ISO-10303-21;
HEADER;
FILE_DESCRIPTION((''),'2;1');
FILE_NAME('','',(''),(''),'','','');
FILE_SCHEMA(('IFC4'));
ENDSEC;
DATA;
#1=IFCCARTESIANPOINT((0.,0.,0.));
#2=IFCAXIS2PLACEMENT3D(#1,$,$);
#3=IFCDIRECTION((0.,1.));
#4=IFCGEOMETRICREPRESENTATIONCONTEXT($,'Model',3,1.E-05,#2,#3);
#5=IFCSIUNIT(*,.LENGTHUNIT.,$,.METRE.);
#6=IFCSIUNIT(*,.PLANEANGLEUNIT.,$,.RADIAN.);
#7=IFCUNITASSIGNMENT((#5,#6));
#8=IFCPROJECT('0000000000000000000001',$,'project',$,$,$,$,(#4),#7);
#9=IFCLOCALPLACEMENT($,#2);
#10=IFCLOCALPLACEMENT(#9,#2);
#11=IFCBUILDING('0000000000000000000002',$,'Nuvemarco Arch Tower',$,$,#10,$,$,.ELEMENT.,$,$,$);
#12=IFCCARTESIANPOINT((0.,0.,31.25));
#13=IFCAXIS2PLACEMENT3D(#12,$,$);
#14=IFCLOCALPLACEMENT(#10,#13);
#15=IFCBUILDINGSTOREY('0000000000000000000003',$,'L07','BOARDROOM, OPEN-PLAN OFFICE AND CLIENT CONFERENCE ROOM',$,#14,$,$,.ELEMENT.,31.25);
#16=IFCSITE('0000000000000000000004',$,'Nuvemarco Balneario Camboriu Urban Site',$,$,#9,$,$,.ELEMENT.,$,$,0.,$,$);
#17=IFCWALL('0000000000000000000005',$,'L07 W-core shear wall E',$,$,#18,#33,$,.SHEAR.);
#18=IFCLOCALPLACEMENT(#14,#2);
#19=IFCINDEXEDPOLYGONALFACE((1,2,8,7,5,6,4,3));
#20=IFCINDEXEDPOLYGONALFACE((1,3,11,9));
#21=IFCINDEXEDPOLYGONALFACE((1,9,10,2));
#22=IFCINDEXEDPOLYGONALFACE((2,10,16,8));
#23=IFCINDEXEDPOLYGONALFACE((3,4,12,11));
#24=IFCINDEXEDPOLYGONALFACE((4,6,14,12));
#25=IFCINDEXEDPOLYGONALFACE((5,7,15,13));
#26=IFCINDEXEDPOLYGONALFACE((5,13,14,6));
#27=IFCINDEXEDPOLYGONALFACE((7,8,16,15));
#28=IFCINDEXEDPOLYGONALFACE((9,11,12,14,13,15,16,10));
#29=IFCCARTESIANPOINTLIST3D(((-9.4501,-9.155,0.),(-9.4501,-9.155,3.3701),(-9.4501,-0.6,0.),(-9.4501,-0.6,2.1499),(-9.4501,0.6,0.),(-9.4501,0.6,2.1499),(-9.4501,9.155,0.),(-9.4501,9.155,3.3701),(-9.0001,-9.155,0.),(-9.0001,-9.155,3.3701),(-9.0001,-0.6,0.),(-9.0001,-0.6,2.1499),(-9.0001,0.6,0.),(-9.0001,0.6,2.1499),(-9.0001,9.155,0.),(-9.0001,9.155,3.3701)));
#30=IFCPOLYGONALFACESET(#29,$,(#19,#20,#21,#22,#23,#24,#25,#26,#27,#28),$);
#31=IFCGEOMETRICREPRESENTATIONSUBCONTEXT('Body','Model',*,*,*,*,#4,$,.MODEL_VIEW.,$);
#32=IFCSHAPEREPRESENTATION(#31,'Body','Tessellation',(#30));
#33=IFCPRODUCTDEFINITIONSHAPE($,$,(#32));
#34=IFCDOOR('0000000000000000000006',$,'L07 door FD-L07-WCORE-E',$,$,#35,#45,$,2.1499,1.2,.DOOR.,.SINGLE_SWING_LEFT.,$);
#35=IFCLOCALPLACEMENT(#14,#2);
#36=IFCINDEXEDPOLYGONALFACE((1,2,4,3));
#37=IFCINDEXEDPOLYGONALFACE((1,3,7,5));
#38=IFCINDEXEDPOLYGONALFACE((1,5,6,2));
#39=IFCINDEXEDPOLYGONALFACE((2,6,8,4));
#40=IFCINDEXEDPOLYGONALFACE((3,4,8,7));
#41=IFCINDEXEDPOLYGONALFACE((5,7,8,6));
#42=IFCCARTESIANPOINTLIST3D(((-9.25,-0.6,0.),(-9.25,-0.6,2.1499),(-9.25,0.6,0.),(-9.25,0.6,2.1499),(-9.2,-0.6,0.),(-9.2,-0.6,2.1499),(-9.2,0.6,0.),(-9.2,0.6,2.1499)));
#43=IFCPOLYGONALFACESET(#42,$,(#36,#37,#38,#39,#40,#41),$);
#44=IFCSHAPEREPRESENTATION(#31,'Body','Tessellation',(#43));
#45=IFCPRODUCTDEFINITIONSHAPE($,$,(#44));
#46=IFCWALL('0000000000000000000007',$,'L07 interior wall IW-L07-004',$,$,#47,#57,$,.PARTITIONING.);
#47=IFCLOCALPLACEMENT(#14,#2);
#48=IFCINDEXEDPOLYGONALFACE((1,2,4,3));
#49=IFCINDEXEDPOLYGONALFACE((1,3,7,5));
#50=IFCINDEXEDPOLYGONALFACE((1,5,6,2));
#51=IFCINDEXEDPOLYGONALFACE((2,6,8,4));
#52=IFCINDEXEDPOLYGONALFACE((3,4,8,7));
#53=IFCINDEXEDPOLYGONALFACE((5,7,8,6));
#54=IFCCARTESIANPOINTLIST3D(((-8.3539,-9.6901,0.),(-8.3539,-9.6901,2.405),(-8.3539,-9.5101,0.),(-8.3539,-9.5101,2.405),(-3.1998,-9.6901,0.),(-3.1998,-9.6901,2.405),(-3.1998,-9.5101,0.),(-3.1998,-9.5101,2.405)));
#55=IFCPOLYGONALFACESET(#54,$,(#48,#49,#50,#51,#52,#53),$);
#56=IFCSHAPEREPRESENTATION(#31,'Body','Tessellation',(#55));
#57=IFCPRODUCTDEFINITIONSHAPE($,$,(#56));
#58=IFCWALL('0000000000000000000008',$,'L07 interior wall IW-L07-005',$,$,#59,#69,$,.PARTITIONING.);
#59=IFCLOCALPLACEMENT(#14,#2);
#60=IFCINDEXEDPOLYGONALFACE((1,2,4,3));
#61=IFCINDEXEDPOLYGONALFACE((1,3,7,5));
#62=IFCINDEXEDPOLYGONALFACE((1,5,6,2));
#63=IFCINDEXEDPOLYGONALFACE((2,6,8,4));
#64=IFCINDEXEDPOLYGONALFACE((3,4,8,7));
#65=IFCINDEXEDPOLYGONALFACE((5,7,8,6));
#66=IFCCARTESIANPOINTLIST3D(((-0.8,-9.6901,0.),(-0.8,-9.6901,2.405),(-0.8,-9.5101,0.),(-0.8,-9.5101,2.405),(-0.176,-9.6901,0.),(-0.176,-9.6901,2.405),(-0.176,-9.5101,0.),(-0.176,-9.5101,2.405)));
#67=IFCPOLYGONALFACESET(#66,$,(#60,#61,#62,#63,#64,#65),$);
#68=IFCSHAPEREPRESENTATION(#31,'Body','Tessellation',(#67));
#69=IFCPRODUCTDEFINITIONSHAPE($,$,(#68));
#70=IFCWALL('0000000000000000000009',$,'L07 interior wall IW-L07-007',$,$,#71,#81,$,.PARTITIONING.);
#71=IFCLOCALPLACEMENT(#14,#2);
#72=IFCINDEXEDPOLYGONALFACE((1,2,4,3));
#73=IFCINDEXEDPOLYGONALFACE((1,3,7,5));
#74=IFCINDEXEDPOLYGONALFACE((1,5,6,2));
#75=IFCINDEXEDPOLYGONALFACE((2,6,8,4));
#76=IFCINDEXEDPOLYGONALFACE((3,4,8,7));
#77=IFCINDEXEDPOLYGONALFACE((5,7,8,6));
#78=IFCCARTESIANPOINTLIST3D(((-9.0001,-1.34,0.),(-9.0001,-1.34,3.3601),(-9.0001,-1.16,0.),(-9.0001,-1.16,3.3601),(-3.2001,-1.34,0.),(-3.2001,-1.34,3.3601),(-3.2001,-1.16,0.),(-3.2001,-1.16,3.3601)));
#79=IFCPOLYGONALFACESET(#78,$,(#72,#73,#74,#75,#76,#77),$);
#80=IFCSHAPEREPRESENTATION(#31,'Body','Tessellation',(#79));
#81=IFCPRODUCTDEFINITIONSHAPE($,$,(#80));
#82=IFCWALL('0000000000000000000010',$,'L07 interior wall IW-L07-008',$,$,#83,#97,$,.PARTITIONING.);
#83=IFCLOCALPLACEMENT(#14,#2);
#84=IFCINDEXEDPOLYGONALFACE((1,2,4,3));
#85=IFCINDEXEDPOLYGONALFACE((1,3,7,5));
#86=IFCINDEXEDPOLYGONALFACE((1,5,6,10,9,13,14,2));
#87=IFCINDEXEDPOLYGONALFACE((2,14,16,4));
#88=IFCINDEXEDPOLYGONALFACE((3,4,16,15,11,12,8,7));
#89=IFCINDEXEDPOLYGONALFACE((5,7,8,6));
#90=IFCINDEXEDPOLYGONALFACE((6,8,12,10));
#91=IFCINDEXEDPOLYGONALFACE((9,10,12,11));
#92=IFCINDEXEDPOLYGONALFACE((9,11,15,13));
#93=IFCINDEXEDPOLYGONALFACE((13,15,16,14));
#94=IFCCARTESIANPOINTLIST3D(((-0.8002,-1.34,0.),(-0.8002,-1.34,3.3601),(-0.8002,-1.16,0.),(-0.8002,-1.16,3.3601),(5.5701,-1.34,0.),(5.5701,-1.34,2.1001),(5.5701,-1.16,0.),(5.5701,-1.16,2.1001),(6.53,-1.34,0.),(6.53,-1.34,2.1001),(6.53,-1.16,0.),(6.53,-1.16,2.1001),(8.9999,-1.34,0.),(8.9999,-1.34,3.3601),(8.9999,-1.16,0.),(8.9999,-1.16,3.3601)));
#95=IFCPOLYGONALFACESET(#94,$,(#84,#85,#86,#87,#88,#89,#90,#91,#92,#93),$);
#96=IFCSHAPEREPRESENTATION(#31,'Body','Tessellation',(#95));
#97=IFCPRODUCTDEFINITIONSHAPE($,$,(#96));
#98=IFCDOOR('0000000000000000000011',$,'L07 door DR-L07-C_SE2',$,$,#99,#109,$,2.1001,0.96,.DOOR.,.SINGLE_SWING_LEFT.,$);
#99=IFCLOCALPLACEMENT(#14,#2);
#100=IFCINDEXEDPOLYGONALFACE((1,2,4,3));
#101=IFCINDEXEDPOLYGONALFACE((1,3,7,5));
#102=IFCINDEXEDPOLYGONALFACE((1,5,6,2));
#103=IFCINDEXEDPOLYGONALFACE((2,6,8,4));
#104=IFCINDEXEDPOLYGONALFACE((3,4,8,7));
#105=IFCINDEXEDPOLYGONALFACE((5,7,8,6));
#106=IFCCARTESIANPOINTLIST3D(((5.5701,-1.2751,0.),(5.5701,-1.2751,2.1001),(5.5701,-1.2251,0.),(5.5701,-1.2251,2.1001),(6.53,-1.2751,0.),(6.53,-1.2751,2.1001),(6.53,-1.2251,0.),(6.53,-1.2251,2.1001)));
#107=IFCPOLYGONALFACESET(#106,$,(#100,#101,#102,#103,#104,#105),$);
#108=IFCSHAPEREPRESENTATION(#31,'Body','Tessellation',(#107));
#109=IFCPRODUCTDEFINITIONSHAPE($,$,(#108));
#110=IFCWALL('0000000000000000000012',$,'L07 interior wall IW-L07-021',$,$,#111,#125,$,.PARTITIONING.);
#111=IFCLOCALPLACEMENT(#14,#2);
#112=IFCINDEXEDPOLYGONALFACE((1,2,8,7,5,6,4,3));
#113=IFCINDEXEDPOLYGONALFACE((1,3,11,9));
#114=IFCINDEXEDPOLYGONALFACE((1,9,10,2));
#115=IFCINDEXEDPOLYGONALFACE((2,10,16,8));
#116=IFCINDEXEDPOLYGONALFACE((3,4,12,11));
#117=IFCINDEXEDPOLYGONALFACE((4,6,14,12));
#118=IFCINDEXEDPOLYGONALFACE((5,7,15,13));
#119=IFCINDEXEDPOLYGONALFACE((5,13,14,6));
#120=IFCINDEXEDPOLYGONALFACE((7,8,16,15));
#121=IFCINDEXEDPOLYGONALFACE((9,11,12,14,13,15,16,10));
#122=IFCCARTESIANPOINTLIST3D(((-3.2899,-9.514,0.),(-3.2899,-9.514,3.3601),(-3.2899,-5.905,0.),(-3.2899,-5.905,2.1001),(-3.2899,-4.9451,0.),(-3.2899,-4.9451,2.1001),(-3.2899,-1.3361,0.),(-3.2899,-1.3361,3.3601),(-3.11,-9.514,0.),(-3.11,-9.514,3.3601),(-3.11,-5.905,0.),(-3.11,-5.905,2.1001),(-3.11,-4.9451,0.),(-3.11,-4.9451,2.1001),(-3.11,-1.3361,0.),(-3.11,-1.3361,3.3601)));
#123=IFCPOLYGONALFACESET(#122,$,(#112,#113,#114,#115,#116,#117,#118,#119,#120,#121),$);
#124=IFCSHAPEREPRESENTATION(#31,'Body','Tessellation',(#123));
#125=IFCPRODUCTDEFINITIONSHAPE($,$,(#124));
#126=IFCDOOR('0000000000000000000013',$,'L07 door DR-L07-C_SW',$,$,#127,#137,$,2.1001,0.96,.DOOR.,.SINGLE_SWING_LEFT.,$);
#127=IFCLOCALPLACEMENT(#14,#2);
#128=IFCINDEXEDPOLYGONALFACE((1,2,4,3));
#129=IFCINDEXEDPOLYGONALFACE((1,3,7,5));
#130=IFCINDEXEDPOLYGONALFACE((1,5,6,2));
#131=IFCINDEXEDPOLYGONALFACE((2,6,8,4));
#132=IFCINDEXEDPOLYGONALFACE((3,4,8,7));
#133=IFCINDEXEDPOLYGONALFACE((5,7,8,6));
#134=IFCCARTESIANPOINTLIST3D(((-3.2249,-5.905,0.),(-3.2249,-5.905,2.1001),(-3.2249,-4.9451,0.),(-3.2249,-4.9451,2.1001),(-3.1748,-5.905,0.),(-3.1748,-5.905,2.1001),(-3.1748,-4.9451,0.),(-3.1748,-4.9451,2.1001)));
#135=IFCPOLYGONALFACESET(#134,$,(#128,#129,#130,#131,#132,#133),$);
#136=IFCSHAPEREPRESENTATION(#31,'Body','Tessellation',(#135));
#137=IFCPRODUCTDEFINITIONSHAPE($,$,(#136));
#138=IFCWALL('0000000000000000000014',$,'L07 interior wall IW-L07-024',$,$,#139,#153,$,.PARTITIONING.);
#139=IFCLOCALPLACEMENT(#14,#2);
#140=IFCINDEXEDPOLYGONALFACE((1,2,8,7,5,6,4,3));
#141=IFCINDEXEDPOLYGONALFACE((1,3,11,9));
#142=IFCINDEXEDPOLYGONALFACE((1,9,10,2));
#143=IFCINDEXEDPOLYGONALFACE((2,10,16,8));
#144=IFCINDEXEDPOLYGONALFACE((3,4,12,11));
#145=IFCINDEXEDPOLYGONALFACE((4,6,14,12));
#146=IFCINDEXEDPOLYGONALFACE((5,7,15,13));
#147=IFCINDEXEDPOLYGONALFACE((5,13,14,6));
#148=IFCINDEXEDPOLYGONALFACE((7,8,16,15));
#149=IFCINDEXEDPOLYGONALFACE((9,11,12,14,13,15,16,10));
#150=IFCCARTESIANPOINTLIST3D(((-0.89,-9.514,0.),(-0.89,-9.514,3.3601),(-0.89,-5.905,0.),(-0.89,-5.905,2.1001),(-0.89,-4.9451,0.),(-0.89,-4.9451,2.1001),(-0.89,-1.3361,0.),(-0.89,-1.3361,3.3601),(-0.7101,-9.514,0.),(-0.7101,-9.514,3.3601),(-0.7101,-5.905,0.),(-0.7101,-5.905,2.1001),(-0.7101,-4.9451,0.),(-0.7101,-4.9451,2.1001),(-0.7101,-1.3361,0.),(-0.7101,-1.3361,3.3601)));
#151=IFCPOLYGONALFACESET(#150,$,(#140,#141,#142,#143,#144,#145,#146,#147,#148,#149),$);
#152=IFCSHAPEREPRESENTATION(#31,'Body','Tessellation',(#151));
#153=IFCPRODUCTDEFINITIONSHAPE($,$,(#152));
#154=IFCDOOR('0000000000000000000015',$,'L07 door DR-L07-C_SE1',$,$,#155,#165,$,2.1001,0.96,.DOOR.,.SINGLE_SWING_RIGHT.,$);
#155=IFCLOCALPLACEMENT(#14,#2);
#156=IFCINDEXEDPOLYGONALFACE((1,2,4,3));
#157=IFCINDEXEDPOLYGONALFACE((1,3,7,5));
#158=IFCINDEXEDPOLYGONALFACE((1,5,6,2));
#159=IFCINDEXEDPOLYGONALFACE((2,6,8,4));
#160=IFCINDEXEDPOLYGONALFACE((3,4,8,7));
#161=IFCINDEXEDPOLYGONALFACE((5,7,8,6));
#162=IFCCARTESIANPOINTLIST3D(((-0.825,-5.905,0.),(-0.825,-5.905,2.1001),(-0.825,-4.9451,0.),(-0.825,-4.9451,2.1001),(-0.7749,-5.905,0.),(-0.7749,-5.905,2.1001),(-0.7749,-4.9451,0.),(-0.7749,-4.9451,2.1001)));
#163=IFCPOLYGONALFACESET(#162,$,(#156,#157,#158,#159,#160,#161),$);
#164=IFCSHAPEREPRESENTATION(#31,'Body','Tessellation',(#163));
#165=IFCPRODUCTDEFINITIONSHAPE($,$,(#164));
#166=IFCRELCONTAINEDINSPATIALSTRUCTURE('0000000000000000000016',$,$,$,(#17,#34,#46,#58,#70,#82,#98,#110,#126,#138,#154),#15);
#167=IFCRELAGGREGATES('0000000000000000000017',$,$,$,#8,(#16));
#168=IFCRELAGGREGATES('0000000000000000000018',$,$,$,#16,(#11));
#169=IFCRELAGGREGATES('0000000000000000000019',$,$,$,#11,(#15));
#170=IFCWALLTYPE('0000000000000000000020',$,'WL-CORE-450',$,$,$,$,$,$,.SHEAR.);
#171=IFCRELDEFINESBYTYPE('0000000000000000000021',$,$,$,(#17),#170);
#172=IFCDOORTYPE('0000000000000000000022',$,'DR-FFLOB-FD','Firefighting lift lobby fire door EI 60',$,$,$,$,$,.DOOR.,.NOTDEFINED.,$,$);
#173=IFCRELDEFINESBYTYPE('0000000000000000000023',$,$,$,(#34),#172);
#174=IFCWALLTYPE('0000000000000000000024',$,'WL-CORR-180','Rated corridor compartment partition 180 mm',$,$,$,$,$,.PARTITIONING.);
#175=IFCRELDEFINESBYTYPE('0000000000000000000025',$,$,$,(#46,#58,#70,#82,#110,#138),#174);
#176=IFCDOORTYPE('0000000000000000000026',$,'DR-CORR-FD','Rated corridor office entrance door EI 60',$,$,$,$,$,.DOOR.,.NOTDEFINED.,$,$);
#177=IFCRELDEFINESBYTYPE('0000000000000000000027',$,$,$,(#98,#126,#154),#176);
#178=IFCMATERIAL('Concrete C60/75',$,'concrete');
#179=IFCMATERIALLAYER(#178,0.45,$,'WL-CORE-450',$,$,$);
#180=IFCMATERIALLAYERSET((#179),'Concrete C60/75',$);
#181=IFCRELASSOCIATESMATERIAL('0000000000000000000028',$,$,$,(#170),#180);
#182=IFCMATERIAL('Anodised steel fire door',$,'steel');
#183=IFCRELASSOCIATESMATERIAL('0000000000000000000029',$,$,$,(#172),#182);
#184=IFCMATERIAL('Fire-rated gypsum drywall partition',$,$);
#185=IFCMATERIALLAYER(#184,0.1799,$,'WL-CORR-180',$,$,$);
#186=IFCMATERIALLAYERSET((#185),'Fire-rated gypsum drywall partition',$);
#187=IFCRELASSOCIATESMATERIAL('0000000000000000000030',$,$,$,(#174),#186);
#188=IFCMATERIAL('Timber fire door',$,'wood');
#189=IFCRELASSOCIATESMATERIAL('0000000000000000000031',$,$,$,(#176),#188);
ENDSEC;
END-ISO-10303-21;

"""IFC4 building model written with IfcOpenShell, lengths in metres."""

from ifc_helpers import new_model, si_unit, direction, frame, frame_2d, origin, place, context, subcontext, project, spatial, rectangle, extrude, source, transform, mapped, material, layer, layer_set, type_object, type_shapes, element, fill, save


model = new_model("IFC4")

# Units and contexts
model_context = context("Model", 3, precision=1e-05, world=origin(), true_north=direction((0.0, 1.0)))
body_context = subcontext(model_context, "Body", "Model", "MODEL_VIEW")
ifc_project = project(units=[si_unit("LENGTHUNIT", "METRE"), si_unit("PLANEANGLEUNIT", "RADIAN")], contexts=[model_context])

# Site, building, storey
site_placement = place(None, origin())
site = spatial("IfcSite", under=ifc_project, at=site_placement, Name="Nuvemarco Balneario Camboriu Urban Site", CompositionType="ELEMENT", RefElevation=0.0)
building_placement = place(site_placement, origin())
building = spatial("IfcBuilding", under=site, at=building_placement, Name="Nuvemarco Arch Tower", CompositionType="ELEMENT")
storey_placement = place(building_placement, frame((0.0, 0.0, 31.25)))
storey = spatial("IfcBuildingStorey", under=building, at=storey_placement, Name="L07", Description="BOARDROOM, OPEN-PLAN OFFICE AND CLIENT CONFERENCE ROOM", CompositionType="ELEMENT", Elevation=31.25)

# Shared definitions
ifc_material_1 = material(Name="Concrete C60/75", Category="concrete")

# Wall, opening, door
ifc_layer_1 = layer(ifc_material_1, 0.45, Name="WL-CORE-450")
ifc_layer_set_1 = layer_set([ifc_layer_1], Name="Concrete C60/75")
wall_type_1 = type_object("IfcWallType", Name="WL-CORE-450", PredefinedType="SHEAR", material=ifc_layer_set_1)
wall_1_placement = place(storey_placement, frame((-9.2251, -9.155, 0.0), z_axis=(0.0, 0.0, 1.0), x_axis=(0.0, 1.0, 0.0)))
wall_1 = element("IfcWall", 1, at=wall_1_placement, inside=storey, type_object=wall_type_1, Name="L07 W-core shear wall E", PredefinedType="SHEAR", context=body_context, shape_type="SweptSolid", body=[
    extrude(rectangle(XDim=18.3101, YDim=0.45, at=frame_2d((9.155, 0.0))), origin(), (0.0, 0.0, 1.0), 3.3701),
])
opening_1_placement = place(wall_1_placement, frame((8.5549, 0.0, 0.0)))
opening_1 = element("IfcOpeningElement", 2, at=opening_1_placement, cuts=wall_1, PredefinedType="OPENING", context=body_context, shape_type="SweptSolid", body=[
    extrude(rectangle(XDim=1.2, YDim=2.1499, at=frame_2d((0.6001, 1.075))), frame((0.0, 0.2349, 0.0), z_axis=(0.0, -1.0, 0.0), x_axis=(1.0, 0.0, 0.0)), (0.0, 0.0, 1.0), 0.47),
])
ifc_material_2 = material(Name="Anodised steel fire door", Category="steel")
door_type_1 = type_object("IfcDoorType", Name="DR-FFLOB-FD", Description="Firefighting lift lobby fire door EI 60", OperationType="NOTDEFINED", PredefinedType="DOOR", material=ifc_material_2)
shared_shape_1 = source(origin(), body_context, "Body", "SweptSolid", [
    extrude(rectangle(XDim=1.2, YDim=2.1499, at=frame_2d((0.6001, 1.075))), frame((0.0, 0.0249, 0.0), z_axis=(0.0, -1.0, 0.0), x_axis=(1.0, 0.0, 0.0)), (0.0, 0.0, 1.0), 0.05),
])
type_shapes(door_type_1, [shared_shape_1])
door_1_placement = place(opening_1_placement, origin())
door_1 = element("IfcDoor", 3, at=door_1_placement, inside=storey, type_object=door_type_1, Name="L07 door FD-L07-WCORE-E", OperationType="SINGLE_SWING_LEFT", OverallHeight=2.1499, OverallWidth=1.2, PredefinedType="DOOR", context=body_context, shape_type="MappedRepresentation", body=[
    mapped(shared_shape_1, transform((0.0, 0.0, 0.0), scale=1.0)),
])
fill(opening_1, door_1)

# Walls
ifc_material_3 = material(Name="Fire-rated gypsum drywall partition")
ifc_layer_2 = layer(ifc_material_3, 0.1799, Name="WL-CORR-180")
ifc_layer_set_2 = layer_set([ifc_layer_2], Name="Fire-rated gypsum drywall partition")
wall_type_2 = type_object("IfcWallType", Name="WL-CORR-180", Description="Rated corridor compartment partition 180 mm", PredefinedType="PARTITIONING", material=ifc_layer_set_2)
wall_2_placement = place(storey_placement, frame((-8.354, -9.6001, 0.0), z_axis=(0.0, 0.0, 1.0), x_axis=(1.0, 0.0, 0.0)))
element("IfcWall", 4, at=wall_2_placement, inside=storey, type_object=wall_type_2, Name="L07 interior wall IW-L07-004", PredefinedType="PARTITIONING", context=body_context, shape_type="SweptSolid", body=[
    extrude(rectangle(XDim=5.1541, YDim=0.1799, at=frame_2d((2.5771, 0.0))), origin(), (0.0, 0.0, 1.0), 2.405),
])
wall_3_placement = place(storey_placement, frame((-0.8, -9.6001, 0.0), z_axis=(0.0, 0.0, 1.0), x_axis=(1.0, 0.0, 0.0)))
element("IfcWall", 5, at=wall_3_placement, inside=storey, type_object=wall_type_2, Name="L07 interior wall IW-L07-005", PredefinedType="PARTITIONING", context=body_context, shape_type="SweptSolid", body=[
    extrude(rectangle(XDim=0.624, YDim=0.1799, at=frame_2d((0.312, 0.0))), origin(), (0.0, 0.0, 1.0), 2.405),
])
wall_4_placement = place(storey_placement, frame((-9.0, -1.25, 0.0), z_axis=(0.0, 0.0, 1.0), x_axis=(1.0, 0.0, 0.0)))
element("IfcWall", 6, at=wall_4_placement, inside=storey, type_object=wall_type_2, Name="L07 interior wall IW-L07-007", PredefinedType="PARTITIONING", context=body_context, shape_type="SweptSolid", body=[
    extrude(rectangle(XDim=5.8, YDim=0.1799, at=frame_2d((2.8999, 0.0))), origin(), (0.0, 0.0, 1.0), 3.3601),
])

# Walls, openings, doors
wall_5_placement = place(storey_placement, frame((-0.8, -1.25, 0.0), z_axis=(0.0, 0.0, 1.0), x_axis=(1.0, 0.0, 0.0)))
wall_5 = element("IfcWall", 7, at=wall_5_placement, inside=storey, type_object=wall_type_2, Name="L07 interior wall IW-L07-008", PredefinedType="PARTITIONING", context=body_context, shape_type="SweptSolid", body=[
    extrude(rectangle(XDim=9.8, YDim=0.1799, at=frame_2d((4.8999, 0.0))), origin(), (0.0, 0.0, 1.0), 3.3601),
])
opening_2_placement = place(wall_5_placement, frame((6.3701, 0.0, 0.0)))
opening_2 = element("IfcOpeningElement", 8, at=opening_2_placement, cuts=wall_5, PredefinedType="OPENING", context=body_context, shape_type="SweptSolid", body=[
    extrude(rectangle(XDim=0.96, YDim=2.1001, at=frame_2d((0.48, 1.05))), frame((0.0, 0.0999, 0.0), z_axis=(0.0, -1.0, 0.0), x_axis=(1.0, 0.0, 0.0)), (0.0, 0.0, 1.0), 0.2),
])
ifc_material_4 = material(Name="Timber fire door", Category="wood")
door_type_2 = type_object("IfcDoorType", Name="DR-CORR-FD", Description="Rated corridor office entrance door EI 60", OperationType="NOTDEFINED", PredefinedType="DOOR", material=ifc_material_4)
shared_shape_2 = source(origin(), body_context, "Body", "SweptSolid", [
    extrude(rectangle(XDim=0.96, YDim=2.1001, at=frame_2d((0.48, 1.05))), frame((0.0, 0.0249, 0.0), z_axis=(0.0, -1.0, 0.0), x_axis=(1.0, 0.0, 0.0)), (0.0, 0.0, 1.0), 0.05),
])
type_shapes(door_type_2, [shared_shape_2])
door_2_placement = place(opening_2_placement, origin())
door_2 = element("IfcDoor", 9, at=door_2_placement, inside=storey, type_object=door_type_2, Name="L07 door DR-L07-C_SE2", OperationType="SINGLE_SWING_LEFT", OverallHeight=2.1001, OverallWidth=0.96, PredefinedType="DOOR", context=body_context, shape_type="MappedRepresentation", body=[
    mapped(shared_shape_2, transform((0.0, 0.0, 0.0), scale=1.0)),
])
fill(opening_2, door_2)
wall_6_placement = place(storey_placement, frame((-3.2, -9.5139, 0.0), z_axis=(0.0, 0.0, 1.0), x_axis=(0.0, 1.0, 0.0)))
wall_6 = element("IfcWall", 10, at=wall_6_placement, inside=storey, type_object=wall_type_2, Name="L07 interior wall IW-L07-021", PredefinedType="PARTITIONING", context=body_context, shape_type="SweptSolid", body=[
    extrude(rectangle(XDim=8.178, YDim=0.1799, at=frame_2d((4.0889, 0.0))), origin(), (0.0, 0.0, 1.0), 3.3601),
])
opening_3_placement = place(wall_6_placement, frame((3.6089, 0.0, 0.0)))
opening_3 = element("IfcOpeningElement", 11, at=opening_3_placement, cuts=wall_6, PredefinedType="OPENING", context=body_context, shape_type="SweptSolid", body=[
    extrude(rectangle(XDim=0.96, YDim=2.1001, at=frame_2d((0.48, 1.05))), frame((0.0, 0.0999, 0.0), z_axis=(0.0, -1.0, 0.0), x_axis=(1.0, 0.0, 0.0)), (0.0, 0.0, 1.0), 0.2),
])
door_3_placement = place(opening_3_placement, origin())
door_3 = element("IfcDoor", 12, at=door_3_placement, inside=storey, type_object=door_type_2, Name="L07 door DR-L07-C_SW", OperationType="SINGLE_SWING_LEFT", OverallHeight=2.1001, OverallWidth=0.96, PredefinedType="DOOR", context=body_context, shape_type="MappedRepresentation", body=[
    mapped(shared_shape_2, transform((0.0, 0.0, 0.0), scale=1.0)),
])
fill(opening_3, door_3)
wall_7_placement = place(storey_placement, frame((-0.8, -9.5139, 0.0), z_axis=(0.0, 0.0, 1.0), x_axis=(0.0, 1.0, 0.0)))
wall_7 = element("IfcWall", 13, at=wall_7_placement, inside=storey, type_object=wall_type_2, Name="L07 interior wall IW-L07-024", PredefinedType="PARTITIONING", context=body_context, shape_type="SweptSolid", body=[
    extrude(rectangle(XDim=8.178, YDim=0.1799, at=frame_2d((4.0889, 0.0))), origin(), (0.0, 0.0, 1.0), 3.3601),
])
opening_4_placement = place(wall_7_placement, frame((3.6089, 0.0, 0.0)))
opening_4 = element("IfcOpeningElement", 14, at=opening_4_placement, cuts=wall_7, PredefinedType="OPENING", context=body_context, shape_type="SweptSolid", body=[
    extrude(rectangle(XDim=0.96, YDim=2.1001, at=frame_2d((0.48, 1.05))), frame((0.0, 0.0999, 0.0), z_axis=(0.0, -1.0, 0.0), x_axis=(1.0, 0.0, 0.0)), (0.0, 0.0, 1.0), 0.2),
])
door_4_placement = place(opening_4_placement, origin())
door_4 = element("IfcDoor", 15, at=door_4_placement, inside=storey, type_object=door_type_2, Name="L07 door DR-L07-C_SE1", OperationType="SINGLE_SWING_RIGHT", OverallHeight=2.1001, OverallWidth=0.96, PredefinedType="DOOR", context=body_context, shape_type="MappedRepresentation", body=[
    mapped(shared_shape_2, transform((0.0, 0.0, 0.0), scale=1.0)),
])
fill(opening_4, door_4)

save(model, "model.ifc")
